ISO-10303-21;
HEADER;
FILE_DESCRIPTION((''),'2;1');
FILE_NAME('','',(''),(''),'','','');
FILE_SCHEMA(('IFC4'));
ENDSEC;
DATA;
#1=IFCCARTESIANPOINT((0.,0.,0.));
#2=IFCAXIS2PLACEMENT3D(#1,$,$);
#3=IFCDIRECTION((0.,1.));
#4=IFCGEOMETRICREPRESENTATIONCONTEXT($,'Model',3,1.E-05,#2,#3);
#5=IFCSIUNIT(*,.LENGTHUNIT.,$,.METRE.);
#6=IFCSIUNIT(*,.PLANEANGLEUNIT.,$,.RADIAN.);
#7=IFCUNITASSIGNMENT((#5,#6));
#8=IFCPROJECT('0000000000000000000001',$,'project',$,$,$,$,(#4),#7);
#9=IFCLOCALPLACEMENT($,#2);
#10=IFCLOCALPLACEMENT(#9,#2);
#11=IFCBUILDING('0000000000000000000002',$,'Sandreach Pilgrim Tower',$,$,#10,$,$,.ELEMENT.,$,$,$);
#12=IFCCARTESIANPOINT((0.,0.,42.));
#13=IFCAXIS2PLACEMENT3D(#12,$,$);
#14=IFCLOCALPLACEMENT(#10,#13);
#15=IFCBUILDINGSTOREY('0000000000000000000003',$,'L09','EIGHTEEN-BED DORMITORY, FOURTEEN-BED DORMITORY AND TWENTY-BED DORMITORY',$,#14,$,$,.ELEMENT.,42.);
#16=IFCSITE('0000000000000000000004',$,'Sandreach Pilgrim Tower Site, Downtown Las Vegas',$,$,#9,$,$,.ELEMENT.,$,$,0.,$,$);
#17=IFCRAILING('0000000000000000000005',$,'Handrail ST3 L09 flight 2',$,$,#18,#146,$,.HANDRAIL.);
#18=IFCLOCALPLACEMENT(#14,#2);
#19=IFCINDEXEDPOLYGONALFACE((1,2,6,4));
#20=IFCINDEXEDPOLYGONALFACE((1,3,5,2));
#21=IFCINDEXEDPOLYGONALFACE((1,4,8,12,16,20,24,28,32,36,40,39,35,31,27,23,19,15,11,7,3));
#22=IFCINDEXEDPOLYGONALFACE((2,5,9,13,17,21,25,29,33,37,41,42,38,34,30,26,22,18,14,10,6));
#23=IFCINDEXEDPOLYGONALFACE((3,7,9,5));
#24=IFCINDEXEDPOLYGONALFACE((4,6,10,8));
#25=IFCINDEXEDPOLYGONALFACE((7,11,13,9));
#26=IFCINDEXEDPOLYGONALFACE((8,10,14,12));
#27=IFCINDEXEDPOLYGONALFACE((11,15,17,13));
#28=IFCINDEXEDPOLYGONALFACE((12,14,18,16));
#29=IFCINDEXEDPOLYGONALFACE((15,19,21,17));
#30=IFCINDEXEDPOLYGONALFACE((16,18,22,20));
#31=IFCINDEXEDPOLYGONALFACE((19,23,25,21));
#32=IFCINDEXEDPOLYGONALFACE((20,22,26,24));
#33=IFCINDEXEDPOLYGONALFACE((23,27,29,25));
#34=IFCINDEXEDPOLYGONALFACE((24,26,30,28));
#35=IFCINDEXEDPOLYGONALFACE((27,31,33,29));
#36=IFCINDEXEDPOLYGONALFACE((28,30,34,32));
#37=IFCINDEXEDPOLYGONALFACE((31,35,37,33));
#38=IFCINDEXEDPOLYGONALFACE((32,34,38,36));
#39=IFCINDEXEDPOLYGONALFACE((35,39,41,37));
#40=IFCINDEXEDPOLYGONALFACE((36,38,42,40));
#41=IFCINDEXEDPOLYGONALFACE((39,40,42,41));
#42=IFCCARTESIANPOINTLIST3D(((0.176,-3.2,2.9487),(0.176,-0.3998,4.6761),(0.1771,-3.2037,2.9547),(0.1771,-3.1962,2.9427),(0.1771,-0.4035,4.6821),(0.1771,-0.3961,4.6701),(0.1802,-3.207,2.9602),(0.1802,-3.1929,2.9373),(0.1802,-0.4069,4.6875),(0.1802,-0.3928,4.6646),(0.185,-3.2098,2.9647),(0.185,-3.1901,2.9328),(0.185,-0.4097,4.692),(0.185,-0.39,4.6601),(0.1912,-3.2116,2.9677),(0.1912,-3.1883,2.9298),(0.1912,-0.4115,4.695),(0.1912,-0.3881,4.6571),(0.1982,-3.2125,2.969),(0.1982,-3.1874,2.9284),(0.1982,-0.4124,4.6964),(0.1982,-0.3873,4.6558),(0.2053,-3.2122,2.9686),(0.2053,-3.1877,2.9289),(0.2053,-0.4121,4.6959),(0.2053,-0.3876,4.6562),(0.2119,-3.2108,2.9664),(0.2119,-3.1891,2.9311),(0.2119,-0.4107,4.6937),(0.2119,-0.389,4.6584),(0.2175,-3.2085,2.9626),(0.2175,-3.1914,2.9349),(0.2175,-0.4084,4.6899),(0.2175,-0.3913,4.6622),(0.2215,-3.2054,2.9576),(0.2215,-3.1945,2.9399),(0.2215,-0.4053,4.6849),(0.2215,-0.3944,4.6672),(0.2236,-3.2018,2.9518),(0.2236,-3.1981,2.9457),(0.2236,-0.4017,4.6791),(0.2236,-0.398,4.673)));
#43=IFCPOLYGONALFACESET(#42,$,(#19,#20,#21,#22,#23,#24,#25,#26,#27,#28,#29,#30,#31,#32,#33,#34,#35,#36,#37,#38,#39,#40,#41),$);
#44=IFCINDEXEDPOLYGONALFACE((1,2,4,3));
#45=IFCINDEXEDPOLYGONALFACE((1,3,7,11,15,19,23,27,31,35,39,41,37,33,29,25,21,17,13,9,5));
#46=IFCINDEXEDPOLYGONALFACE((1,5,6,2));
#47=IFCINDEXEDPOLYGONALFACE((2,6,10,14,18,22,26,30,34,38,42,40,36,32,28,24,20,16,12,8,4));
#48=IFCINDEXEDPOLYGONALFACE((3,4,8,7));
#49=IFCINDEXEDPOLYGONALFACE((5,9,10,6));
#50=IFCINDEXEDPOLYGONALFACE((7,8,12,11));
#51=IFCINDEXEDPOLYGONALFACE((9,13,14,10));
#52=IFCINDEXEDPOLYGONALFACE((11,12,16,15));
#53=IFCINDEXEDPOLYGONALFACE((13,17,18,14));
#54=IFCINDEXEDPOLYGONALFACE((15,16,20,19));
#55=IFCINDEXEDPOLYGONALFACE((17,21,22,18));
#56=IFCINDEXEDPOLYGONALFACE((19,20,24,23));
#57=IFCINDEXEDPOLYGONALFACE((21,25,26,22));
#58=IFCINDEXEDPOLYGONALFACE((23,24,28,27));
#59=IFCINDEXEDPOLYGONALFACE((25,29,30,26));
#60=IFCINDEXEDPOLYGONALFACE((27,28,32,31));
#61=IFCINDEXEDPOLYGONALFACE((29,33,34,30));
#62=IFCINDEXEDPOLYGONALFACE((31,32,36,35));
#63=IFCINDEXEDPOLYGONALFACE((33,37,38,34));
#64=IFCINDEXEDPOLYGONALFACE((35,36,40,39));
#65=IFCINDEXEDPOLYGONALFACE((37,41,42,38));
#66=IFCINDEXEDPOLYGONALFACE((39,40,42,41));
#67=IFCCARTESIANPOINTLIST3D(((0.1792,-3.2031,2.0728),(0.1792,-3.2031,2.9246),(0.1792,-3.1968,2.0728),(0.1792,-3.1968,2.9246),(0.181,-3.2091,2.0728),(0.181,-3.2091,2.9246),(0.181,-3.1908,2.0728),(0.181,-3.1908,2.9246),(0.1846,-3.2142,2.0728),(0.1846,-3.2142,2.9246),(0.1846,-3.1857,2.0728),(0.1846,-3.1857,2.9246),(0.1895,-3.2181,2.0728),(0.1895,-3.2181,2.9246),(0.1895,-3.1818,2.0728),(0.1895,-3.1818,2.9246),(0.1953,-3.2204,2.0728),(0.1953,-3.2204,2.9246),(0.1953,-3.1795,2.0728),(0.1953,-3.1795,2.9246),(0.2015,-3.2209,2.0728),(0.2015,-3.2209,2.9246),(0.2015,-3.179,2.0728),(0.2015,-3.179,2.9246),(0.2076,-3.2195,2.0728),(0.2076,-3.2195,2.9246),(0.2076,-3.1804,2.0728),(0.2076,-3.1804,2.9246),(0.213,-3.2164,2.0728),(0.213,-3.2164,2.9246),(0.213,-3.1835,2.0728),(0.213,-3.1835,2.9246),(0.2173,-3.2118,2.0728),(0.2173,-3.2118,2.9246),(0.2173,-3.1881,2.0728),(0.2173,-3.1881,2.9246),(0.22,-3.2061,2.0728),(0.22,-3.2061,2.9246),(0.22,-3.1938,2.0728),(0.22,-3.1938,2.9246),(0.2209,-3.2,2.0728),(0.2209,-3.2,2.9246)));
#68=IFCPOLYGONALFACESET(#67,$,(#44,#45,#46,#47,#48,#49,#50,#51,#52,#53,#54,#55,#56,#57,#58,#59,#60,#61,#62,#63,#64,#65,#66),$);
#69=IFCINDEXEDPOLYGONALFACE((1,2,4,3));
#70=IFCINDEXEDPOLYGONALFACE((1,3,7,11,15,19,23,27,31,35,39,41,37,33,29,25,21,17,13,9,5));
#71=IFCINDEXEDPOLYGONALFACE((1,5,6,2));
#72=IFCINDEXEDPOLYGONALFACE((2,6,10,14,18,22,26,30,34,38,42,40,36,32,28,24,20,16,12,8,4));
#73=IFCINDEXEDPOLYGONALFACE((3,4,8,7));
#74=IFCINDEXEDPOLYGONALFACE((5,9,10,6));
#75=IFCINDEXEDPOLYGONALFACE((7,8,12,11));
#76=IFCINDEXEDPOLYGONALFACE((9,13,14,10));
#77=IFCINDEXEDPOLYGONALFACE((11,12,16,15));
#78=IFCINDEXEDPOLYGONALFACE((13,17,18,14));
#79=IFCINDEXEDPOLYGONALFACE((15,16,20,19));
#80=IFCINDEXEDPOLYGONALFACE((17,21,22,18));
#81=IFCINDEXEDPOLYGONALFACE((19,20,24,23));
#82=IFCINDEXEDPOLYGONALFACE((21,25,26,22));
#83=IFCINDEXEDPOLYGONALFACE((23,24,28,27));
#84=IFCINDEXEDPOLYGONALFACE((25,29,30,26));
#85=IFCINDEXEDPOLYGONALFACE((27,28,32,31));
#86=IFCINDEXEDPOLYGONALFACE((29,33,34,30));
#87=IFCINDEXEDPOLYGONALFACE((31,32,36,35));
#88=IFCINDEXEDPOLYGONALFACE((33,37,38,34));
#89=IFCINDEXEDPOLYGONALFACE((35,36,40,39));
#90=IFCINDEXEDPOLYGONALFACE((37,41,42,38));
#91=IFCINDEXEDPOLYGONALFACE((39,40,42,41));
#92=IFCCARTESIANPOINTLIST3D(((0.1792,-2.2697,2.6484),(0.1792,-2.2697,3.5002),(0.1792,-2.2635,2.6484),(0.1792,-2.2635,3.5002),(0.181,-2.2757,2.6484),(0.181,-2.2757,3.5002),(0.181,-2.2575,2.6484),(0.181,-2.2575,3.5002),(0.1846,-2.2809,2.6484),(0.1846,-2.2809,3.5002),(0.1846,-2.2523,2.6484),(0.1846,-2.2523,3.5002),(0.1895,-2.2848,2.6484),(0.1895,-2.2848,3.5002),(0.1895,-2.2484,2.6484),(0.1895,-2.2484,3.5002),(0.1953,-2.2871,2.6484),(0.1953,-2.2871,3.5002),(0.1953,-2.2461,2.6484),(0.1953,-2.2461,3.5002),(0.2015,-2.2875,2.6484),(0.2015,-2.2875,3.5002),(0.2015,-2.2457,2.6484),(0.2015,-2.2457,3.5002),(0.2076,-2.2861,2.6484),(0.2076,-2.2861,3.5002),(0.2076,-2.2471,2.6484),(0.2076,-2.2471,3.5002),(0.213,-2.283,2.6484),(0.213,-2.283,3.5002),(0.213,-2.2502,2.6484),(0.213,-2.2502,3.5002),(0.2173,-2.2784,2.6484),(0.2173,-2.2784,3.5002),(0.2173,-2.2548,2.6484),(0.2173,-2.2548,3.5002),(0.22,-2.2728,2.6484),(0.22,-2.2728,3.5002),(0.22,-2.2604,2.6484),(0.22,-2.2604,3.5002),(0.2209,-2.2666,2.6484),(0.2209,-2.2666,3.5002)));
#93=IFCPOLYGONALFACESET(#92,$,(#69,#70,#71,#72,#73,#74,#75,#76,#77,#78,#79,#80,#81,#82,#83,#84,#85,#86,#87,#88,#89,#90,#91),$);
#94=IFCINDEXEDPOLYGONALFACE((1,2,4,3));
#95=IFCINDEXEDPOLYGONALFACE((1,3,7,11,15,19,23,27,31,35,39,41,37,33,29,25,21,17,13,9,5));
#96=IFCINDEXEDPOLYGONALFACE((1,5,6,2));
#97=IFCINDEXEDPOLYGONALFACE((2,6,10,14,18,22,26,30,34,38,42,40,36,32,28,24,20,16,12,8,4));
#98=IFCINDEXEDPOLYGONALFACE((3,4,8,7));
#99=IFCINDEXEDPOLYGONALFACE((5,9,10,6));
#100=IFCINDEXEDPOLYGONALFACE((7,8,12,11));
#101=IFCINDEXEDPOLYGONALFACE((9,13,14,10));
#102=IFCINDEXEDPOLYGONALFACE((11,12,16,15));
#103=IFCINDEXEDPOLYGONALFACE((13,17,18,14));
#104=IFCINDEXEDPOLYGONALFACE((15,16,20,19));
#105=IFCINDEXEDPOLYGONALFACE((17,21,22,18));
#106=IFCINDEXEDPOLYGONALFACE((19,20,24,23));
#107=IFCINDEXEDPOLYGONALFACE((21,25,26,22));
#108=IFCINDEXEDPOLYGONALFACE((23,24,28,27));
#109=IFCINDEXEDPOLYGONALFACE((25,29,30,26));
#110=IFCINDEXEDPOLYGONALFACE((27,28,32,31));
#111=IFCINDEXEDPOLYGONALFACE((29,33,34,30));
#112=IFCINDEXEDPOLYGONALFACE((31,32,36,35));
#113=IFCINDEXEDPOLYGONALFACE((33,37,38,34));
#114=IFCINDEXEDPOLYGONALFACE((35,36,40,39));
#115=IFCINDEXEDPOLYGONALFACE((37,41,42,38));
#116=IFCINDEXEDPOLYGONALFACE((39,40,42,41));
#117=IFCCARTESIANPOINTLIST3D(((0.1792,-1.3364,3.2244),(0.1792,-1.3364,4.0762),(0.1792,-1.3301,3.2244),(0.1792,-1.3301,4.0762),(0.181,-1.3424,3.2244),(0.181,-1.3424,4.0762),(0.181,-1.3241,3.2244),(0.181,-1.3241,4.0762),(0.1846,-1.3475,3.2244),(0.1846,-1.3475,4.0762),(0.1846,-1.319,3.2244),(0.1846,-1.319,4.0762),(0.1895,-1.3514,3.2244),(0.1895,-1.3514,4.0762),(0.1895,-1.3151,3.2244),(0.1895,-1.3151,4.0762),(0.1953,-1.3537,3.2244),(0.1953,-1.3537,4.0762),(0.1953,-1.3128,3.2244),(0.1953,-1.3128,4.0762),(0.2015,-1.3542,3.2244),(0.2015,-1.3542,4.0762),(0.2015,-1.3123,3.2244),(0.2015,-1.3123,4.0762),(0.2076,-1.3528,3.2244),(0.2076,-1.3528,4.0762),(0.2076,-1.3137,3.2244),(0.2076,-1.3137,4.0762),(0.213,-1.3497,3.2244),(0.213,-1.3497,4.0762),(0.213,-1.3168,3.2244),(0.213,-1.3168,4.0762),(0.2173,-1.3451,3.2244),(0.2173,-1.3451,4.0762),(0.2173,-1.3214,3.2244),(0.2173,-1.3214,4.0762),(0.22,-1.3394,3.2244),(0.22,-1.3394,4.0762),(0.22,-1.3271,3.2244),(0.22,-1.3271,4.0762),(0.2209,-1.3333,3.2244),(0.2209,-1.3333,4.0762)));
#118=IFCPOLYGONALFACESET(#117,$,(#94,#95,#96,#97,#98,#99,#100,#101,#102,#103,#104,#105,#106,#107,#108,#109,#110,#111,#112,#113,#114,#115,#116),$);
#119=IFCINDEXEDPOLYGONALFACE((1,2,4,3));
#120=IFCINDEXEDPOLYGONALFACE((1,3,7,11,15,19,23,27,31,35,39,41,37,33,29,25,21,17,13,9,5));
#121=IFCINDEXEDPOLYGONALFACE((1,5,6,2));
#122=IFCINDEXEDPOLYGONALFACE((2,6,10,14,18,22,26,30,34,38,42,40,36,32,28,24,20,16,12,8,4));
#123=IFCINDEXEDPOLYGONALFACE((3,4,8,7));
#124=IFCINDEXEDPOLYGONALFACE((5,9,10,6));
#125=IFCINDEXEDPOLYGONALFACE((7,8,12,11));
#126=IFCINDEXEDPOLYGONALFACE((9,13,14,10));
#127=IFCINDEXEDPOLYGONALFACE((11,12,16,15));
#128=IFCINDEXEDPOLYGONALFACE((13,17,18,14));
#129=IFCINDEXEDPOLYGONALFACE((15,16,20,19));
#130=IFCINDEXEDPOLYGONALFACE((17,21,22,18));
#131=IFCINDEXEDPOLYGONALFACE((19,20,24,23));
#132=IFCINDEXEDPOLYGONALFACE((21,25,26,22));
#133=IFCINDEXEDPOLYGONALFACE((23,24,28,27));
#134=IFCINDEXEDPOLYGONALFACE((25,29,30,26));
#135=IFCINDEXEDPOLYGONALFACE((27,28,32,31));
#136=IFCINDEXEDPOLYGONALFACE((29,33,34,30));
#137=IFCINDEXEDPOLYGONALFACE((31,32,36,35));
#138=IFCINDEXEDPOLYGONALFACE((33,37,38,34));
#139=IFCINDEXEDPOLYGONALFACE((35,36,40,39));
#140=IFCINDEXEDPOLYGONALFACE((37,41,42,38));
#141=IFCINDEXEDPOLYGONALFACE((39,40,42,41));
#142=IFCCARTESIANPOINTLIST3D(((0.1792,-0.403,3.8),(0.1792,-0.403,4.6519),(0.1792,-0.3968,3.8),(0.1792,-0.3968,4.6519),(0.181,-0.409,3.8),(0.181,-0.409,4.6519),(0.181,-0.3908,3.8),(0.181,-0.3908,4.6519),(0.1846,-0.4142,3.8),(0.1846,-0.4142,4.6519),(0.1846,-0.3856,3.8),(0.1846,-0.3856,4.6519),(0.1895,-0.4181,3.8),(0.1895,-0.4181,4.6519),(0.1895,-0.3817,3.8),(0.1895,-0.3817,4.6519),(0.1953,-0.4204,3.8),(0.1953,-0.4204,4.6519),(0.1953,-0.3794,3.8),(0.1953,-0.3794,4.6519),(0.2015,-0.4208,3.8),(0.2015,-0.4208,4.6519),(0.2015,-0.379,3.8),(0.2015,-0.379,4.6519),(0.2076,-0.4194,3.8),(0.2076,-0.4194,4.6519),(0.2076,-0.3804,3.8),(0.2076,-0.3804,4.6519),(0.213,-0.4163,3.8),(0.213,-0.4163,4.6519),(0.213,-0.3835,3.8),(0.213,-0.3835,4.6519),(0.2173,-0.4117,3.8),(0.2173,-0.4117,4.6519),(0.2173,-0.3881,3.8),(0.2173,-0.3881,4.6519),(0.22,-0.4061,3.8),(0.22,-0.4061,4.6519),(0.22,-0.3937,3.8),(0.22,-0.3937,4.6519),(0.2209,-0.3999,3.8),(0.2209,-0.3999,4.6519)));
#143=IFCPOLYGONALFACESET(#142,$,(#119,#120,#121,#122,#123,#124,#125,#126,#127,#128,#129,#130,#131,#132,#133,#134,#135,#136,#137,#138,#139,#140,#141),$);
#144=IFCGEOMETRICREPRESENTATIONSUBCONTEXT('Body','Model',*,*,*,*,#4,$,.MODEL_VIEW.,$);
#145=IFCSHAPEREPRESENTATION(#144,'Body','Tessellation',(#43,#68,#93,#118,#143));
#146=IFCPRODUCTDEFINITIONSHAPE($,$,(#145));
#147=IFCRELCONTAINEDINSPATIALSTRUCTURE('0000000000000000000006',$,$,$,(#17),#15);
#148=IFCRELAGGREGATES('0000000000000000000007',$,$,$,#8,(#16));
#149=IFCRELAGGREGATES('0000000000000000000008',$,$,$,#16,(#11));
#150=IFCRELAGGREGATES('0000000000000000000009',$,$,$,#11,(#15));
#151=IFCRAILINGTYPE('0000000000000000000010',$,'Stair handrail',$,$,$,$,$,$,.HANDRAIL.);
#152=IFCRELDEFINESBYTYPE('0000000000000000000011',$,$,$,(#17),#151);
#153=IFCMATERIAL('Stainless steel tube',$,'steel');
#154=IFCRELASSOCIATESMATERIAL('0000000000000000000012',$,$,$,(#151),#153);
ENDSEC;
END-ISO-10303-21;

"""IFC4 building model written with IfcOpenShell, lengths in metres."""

from ifc_helpers import new_model, si_unit, direction, frame, origin, origin_2d, place, context, subcontext, project, spatial, circle, extrude, material, type_object, element, save


model = new_model("IFC4")

# Units and contexts
model_context = context("Model", 3, precision=1e-05, world=origin(), true_north=direction((0.0, 1.0)))
body_context = subcontext(model_context, "Body", "Model", "MODEL_VIEW")
ifc_project = project(units=[si_unit("LENGTHUNIT", "METRE"), si_unit("PLANEANGLEUNIT", "RADIAN")], contexts=[model_context])

# Site, building, storey
site_placement = place(None, origin())
site = spatial("IfcSite", under=ifc_project, at=site_placement, Name="Sandreach Pilgrim Tower Site, Downtown Las Vegas", CompositionType="ELEMENT", RefElevation=0.0)
building_placement = place(site_placement, origin())
building = spatial("IfcBuilding", under=site, at=building_placement, Name="Sandreach Pilgrim Tower", CompositionType="ELEMENT")
storey_placement = place(building_placement, frame((0.0, 0.0, 42.0)))
storey = spatial("IfcBuildingStorey", under=building, at=storey_placement, Name="L09", Description="EIGHTEEN-BED DORMITORY, FOURTEEN-BED DORMITORY AND TWENTY-BED DORMITORY", CompositionType="ELEMENT", Elevation=42.0)

# Railing
ifc_material_1 = material(Name="Stainless steel tube", Category="steel")
railing_type = type_object("IfcRailingType", Name="Stair handrail", PredefinedType="HANDRAIL", material=ifc_material_1)
railing_placement = place(storey_placement, frame((0.2, -3.2, 2.0728)))
element("IfcRailing", 1, at=railing_placement, inside=storey, type_object=railing_type, Name="Handrail ST3 L09 flight 2", PredefinedType="HANDRAIL", context=body_context, shape_type="SweptSolid", body=[
    extrude(circle(Radius=0.0239, at=origin_2d()), frame((0.0, 0.0, 0.876), z_axis=(0.0, 0.85109, 0.52502), x_axis=(-1.0, 0.0, 0.0)), (0.0, 0.0, 1.0), 3.29),
    extrude(circle(Radius=0.021, at=origin_2d()), origin(), (0.0, 0.0, 1.0), 0.8518),
    extrude(circle(Radius=0.021, at=origin_2d()), frame((0.0, 0.9333, 0.5757)), (0.0, 0.0, 1.0), 0.8518),
    extrude(circle(Radius=0.021, at=origin_2d()), frame((0.0, 1.8667, 1.1516)), (0.0, 0.0, 1.0), 0.8518),
    extrude(circle(Radius=0.021, at=origin_2d()), frame((0.0, 2.8, 1.7273)), (0.0, 0.0, 1.0), 0.8518),
])

save(model, "model.ifc")
